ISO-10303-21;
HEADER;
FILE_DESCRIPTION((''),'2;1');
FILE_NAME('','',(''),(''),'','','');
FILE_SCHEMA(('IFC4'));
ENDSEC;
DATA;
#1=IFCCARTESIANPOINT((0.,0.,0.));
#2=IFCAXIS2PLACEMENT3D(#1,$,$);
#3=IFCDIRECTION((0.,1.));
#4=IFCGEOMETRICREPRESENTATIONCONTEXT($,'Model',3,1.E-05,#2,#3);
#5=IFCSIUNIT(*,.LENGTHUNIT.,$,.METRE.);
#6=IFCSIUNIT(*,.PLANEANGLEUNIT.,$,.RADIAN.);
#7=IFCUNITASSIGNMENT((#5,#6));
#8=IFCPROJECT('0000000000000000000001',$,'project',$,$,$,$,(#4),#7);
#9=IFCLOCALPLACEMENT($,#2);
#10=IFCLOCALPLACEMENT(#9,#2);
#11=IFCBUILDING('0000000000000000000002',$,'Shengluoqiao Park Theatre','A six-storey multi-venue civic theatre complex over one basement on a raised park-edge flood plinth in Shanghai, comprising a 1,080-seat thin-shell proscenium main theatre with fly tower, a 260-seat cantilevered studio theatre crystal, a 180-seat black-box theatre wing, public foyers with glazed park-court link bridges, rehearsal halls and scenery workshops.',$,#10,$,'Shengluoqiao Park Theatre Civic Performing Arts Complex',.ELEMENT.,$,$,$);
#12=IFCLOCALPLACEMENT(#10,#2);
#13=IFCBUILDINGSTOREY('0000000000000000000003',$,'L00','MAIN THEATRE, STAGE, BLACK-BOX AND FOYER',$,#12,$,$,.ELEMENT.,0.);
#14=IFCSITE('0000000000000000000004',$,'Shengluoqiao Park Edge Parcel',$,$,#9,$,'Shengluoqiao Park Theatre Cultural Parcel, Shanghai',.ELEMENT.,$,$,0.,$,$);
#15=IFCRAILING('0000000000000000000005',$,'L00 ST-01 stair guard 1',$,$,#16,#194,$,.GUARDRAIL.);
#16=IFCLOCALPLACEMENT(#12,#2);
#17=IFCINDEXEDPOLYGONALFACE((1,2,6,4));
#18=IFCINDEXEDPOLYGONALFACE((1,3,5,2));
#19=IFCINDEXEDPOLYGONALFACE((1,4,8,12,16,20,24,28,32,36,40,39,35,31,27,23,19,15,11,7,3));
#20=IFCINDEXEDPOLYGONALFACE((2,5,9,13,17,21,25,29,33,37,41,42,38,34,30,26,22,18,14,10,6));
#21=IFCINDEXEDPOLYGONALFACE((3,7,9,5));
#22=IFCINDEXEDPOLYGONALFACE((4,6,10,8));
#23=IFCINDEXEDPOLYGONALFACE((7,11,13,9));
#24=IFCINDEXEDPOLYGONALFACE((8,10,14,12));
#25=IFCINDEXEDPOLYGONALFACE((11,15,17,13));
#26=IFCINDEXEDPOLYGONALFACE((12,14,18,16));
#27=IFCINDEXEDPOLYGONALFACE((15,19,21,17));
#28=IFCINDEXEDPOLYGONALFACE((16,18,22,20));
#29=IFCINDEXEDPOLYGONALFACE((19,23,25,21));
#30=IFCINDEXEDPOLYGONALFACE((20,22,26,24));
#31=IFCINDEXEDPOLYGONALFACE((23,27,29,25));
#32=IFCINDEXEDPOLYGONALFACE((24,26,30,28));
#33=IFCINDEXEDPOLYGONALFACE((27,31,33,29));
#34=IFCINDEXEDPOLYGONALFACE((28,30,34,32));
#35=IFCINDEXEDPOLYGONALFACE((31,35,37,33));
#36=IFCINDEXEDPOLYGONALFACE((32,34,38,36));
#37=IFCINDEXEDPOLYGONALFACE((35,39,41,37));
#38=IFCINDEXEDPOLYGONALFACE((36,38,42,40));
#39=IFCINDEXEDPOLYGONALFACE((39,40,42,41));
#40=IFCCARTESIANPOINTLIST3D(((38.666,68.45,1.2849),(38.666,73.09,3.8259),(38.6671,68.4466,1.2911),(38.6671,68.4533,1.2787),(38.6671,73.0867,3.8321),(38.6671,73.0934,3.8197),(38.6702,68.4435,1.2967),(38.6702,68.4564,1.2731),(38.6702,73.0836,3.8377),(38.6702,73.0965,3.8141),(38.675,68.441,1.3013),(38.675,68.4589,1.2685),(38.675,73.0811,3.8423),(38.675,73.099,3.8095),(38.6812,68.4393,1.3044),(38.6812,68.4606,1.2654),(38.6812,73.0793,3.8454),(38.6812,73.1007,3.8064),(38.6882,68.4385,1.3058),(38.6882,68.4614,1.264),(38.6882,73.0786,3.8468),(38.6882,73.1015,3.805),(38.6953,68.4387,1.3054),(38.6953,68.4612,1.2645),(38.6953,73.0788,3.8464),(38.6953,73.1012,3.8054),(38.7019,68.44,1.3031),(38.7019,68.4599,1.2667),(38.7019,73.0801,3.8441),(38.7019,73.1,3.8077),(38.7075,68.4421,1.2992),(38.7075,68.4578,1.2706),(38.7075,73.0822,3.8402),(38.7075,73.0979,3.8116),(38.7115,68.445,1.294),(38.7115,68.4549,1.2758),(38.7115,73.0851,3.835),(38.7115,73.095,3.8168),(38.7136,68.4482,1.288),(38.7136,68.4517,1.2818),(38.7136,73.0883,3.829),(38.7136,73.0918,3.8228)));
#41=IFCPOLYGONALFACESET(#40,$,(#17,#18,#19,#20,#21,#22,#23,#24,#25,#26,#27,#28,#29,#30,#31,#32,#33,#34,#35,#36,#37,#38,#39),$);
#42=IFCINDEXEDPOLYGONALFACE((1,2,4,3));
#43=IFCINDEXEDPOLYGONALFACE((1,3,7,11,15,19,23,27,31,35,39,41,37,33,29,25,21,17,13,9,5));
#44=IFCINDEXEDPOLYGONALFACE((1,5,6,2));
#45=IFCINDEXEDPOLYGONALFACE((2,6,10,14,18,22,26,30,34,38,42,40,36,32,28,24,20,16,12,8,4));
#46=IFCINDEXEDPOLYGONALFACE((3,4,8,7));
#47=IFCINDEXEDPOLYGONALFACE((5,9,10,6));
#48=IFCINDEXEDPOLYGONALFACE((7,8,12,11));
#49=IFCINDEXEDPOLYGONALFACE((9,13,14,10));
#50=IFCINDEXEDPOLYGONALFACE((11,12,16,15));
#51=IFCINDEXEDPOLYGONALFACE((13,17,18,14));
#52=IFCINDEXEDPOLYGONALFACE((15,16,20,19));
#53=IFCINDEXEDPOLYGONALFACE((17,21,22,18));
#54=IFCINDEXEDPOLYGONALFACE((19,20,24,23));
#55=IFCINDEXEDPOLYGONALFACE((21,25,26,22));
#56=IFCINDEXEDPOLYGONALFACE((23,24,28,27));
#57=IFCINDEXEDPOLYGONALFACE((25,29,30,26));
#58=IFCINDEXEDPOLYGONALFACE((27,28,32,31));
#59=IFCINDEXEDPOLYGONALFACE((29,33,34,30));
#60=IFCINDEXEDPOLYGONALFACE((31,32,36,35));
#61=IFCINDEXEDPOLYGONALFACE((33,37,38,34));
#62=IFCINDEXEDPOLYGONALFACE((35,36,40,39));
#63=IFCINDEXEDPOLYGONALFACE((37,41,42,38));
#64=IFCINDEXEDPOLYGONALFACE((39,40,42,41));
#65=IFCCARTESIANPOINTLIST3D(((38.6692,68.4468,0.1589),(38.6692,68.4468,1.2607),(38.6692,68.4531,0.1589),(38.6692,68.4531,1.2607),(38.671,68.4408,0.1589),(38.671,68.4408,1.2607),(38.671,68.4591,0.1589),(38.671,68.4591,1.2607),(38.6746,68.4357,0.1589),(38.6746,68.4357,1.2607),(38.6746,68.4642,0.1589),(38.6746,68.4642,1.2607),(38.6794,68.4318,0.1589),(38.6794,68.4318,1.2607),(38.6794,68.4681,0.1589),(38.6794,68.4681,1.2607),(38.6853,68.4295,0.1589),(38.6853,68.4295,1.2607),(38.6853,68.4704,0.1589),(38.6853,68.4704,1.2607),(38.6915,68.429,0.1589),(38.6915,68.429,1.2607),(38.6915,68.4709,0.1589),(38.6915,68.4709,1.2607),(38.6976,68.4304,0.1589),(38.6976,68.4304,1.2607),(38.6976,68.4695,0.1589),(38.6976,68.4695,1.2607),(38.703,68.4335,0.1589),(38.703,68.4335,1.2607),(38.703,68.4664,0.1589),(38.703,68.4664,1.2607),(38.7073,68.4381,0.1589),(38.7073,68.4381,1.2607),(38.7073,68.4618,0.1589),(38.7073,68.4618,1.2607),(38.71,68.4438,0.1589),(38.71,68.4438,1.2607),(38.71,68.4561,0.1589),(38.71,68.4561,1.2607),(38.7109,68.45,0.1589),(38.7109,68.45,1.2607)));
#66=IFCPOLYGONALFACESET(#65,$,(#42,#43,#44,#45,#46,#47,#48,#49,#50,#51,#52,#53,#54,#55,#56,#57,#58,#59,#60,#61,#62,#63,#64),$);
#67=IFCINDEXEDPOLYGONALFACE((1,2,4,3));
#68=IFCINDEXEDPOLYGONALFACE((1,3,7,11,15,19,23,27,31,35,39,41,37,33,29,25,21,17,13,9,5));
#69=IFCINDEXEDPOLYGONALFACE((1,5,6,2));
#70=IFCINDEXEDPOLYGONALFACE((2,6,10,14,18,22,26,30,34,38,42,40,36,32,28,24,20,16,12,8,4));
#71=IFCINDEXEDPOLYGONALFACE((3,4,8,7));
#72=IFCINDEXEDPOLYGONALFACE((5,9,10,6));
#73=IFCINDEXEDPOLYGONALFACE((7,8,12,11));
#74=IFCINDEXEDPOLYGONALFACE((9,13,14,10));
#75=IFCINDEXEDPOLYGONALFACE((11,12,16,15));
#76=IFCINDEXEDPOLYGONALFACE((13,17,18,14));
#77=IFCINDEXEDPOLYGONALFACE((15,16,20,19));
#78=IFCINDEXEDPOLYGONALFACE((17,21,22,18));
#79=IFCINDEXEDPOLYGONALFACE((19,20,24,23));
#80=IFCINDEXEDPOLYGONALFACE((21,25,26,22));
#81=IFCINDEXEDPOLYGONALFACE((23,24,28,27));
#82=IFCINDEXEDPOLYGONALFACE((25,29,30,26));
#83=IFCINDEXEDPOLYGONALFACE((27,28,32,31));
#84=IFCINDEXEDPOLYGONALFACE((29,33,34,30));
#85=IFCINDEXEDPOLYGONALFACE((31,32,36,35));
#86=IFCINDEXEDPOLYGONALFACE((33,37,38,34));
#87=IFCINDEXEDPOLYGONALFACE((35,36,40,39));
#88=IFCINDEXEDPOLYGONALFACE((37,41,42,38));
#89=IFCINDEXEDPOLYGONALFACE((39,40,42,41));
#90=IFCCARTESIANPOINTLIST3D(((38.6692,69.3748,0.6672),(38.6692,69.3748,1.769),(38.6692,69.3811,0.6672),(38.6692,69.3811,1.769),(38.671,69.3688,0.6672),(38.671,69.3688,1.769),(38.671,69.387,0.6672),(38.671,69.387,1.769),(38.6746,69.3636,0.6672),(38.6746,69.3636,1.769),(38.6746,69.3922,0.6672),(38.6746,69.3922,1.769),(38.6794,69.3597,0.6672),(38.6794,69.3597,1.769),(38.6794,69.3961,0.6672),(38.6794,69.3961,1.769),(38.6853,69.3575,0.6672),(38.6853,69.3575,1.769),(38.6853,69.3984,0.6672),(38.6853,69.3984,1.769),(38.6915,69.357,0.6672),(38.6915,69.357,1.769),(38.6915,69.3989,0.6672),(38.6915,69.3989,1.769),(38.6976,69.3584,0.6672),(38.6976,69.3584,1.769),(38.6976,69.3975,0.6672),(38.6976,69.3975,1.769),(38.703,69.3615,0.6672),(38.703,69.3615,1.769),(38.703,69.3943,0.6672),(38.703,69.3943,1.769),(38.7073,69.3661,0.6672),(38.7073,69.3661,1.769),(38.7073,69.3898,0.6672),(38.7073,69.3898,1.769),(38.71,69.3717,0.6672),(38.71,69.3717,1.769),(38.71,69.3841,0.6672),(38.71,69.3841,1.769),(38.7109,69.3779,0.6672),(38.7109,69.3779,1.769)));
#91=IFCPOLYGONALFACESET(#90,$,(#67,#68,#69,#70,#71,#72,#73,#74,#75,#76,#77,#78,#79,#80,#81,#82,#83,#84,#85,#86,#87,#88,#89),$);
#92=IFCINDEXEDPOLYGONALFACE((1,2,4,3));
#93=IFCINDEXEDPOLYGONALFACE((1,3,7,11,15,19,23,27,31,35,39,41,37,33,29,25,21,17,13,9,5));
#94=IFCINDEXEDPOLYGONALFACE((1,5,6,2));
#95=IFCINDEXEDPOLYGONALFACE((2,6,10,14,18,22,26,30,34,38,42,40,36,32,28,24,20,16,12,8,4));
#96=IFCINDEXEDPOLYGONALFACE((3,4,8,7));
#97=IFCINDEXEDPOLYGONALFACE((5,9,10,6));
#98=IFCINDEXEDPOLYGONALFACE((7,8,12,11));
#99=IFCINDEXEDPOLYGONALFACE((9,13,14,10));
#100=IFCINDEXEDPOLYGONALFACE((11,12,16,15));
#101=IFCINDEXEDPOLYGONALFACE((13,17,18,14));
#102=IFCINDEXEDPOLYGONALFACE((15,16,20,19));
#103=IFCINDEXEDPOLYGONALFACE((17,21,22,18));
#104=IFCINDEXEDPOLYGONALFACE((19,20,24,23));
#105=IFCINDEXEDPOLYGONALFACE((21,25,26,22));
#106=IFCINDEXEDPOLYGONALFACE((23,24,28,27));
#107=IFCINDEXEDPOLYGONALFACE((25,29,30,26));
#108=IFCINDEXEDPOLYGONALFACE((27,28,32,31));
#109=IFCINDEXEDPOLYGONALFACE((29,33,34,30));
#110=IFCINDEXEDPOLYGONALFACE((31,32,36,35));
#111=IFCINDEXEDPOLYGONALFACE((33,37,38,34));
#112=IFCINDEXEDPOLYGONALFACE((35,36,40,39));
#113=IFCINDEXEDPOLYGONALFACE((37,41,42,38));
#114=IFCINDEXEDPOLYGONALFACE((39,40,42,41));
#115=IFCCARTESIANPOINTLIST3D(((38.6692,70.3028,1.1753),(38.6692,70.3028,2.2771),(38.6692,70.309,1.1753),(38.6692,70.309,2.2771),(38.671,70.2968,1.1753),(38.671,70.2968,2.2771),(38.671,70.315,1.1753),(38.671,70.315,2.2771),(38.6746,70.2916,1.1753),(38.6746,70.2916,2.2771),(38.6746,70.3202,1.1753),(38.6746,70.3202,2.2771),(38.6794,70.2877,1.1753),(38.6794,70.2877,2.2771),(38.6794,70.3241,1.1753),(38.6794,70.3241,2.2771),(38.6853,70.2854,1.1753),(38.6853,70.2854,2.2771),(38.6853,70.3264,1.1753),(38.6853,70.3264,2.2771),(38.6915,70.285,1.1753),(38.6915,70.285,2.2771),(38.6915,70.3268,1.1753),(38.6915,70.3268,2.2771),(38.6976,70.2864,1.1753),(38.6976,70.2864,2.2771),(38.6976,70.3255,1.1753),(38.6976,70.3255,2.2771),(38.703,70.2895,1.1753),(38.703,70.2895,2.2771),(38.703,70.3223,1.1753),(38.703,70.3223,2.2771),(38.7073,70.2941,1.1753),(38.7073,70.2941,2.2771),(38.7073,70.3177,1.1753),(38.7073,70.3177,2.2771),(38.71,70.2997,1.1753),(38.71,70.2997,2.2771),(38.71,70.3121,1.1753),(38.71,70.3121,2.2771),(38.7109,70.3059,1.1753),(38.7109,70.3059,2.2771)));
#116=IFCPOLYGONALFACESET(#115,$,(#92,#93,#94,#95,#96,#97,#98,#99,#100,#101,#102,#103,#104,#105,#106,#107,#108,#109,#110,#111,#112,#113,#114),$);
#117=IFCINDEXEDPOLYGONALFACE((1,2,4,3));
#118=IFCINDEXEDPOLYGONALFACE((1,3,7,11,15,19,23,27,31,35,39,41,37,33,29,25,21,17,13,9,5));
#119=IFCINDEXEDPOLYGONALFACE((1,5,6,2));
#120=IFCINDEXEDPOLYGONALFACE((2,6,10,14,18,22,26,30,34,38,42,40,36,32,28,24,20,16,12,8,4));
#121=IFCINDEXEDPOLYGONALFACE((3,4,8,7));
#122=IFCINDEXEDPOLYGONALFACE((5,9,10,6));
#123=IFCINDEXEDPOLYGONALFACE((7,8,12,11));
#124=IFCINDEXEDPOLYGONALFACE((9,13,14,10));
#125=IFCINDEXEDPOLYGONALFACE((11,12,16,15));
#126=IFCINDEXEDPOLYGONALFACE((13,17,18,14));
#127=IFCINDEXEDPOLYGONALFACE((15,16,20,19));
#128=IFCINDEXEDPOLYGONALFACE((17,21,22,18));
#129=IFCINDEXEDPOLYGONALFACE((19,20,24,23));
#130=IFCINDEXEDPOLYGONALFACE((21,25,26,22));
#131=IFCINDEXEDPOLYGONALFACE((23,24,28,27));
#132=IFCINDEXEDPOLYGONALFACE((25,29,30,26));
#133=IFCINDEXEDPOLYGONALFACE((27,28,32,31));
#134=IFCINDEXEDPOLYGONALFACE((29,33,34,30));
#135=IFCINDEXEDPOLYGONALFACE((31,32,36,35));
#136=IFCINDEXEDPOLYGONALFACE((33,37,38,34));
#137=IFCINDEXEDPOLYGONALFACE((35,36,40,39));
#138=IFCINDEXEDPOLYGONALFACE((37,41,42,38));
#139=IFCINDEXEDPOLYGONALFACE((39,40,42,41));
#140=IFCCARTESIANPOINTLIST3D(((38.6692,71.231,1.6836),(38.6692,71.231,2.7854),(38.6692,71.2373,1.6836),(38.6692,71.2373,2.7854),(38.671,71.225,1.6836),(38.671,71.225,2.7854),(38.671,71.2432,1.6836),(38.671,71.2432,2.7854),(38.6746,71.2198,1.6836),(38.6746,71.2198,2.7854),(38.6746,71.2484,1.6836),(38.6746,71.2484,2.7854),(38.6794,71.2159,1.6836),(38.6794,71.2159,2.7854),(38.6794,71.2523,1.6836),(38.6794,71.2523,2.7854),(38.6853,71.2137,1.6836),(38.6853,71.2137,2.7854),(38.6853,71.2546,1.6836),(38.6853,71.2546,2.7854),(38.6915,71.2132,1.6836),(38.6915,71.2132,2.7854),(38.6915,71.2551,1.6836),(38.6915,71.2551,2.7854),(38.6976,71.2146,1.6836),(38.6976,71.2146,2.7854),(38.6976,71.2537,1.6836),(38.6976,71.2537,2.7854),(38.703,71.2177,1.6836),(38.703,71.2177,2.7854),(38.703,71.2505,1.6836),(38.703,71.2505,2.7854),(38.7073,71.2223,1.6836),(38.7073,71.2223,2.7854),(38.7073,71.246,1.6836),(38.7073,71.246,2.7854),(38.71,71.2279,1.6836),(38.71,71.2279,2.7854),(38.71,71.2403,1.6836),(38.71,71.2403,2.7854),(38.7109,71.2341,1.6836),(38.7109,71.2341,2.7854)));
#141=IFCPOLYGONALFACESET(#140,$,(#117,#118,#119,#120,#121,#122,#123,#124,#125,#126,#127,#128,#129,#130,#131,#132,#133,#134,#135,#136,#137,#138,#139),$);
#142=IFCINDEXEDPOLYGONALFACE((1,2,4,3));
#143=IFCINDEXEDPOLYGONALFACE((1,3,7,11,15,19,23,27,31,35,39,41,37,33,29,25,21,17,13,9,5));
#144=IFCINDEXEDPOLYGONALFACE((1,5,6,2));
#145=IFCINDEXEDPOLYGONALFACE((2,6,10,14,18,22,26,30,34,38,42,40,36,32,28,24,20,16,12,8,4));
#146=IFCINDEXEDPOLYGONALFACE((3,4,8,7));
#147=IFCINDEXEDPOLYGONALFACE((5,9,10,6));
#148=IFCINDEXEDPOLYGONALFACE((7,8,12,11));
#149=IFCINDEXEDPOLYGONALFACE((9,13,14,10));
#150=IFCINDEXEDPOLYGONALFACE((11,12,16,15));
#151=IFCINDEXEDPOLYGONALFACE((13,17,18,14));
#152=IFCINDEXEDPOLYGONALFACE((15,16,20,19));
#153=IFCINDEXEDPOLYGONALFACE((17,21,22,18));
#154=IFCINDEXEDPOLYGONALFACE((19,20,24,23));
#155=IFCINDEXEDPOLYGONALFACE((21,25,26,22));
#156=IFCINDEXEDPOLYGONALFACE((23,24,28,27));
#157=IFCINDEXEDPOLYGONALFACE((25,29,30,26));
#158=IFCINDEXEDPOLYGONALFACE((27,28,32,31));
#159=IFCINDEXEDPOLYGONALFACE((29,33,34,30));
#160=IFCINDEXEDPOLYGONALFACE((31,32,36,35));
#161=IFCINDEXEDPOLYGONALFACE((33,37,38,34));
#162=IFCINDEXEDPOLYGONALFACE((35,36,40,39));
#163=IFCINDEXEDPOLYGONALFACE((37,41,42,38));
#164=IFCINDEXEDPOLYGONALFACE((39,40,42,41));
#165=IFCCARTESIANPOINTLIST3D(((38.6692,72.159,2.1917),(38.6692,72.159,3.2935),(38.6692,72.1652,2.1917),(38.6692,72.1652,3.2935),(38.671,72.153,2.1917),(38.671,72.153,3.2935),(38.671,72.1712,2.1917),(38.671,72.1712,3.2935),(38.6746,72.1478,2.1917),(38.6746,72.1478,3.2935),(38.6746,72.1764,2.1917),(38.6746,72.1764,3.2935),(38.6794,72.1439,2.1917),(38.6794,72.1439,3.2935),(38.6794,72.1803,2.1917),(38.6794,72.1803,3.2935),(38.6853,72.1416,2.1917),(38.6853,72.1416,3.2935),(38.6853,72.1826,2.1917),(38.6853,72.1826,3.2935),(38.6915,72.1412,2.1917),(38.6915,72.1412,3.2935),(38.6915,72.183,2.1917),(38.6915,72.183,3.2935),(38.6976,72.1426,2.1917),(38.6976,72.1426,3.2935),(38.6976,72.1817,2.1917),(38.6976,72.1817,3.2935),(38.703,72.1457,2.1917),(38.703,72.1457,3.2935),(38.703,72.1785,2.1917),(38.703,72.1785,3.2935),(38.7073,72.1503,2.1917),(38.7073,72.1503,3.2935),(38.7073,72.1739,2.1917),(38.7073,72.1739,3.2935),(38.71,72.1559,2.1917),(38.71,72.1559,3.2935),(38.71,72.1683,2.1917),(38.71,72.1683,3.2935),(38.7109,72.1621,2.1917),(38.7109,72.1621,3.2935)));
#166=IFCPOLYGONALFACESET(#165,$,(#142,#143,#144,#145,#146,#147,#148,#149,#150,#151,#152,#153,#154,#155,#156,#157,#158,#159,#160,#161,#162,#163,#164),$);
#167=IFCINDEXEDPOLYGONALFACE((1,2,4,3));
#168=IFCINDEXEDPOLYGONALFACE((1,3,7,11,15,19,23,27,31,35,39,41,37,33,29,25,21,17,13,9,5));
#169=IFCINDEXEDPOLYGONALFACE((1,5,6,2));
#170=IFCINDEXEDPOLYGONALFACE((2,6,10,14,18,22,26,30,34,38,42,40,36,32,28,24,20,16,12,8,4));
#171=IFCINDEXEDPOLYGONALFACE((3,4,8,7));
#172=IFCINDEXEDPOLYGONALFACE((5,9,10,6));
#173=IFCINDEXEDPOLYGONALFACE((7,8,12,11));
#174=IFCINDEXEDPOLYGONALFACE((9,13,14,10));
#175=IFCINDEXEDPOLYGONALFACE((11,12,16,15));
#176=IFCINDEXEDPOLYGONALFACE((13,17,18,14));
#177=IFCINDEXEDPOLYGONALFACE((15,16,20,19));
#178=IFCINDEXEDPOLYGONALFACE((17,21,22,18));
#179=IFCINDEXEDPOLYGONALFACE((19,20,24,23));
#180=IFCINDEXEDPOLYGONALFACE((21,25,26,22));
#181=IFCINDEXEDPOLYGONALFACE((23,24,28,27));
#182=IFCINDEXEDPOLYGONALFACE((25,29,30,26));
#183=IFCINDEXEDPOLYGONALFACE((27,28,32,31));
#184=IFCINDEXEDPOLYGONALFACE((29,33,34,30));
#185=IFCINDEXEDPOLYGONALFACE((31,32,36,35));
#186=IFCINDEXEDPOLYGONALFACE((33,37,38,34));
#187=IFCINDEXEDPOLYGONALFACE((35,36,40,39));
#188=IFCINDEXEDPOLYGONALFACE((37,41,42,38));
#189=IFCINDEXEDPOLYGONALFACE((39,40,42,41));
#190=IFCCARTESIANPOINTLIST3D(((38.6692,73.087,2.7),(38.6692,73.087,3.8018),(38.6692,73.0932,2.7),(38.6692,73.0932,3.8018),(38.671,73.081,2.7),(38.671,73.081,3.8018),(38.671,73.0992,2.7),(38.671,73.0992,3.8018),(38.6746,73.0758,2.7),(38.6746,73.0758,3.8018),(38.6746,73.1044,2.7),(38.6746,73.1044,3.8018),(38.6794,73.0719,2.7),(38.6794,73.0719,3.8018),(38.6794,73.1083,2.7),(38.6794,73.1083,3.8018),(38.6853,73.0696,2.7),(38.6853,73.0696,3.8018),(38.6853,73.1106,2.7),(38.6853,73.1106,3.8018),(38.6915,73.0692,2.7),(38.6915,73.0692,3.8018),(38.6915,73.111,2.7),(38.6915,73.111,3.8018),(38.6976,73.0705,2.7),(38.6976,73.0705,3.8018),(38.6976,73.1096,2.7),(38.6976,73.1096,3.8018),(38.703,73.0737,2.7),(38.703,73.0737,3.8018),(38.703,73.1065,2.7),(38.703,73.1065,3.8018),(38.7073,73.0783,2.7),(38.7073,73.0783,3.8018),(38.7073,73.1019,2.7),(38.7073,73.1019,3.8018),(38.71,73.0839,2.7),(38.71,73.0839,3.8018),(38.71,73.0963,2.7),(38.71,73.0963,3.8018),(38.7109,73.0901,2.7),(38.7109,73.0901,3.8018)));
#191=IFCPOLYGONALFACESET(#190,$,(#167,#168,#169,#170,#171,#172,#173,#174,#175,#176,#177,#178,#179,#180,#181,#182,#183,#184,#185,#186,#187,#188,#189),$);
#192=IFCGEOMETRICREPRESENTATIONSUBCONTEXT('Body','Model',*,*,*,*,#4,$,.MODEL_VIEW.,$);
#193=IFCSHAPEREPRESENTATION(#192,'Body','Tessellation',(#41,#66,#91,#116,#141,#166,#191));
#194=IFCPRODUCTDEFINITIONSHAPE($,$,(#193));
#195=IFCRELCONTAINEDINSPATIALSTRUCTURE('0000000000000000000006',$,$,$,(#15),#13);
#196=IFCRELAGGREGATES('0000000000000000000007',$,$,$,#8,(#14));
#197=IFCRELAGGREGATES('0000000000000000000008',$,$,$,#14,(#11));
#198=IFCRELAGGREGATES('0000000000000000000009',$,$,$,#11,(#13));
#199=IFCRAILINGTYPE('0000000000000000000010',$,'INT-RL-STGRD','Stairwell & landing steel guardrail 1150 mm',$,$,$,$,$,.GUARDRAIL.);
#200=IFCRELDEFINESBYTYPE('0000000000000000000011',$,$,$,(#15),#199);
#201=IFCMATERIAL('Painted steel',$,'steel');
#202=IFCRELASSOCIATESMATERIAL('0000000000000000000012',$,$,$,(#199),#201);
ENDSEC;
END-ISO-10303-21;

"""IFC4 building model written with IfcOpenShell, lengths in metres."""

from ifc_helpers import new_model, si_unit, direction, frame, origin, origin_2d, place, context, subcontext, project, spatial, circle, extrude, material, type_object, element, save


model = new_model("IFC4")

# Units and contexts
model_context = context("Model", 3, precision=1e-05, world=origin(), true_north=direction((0.0, 1.0)))
body_context = subcontext(model_context, "Body", "Model", "MODEL_VIEW")
ifc_project = project(units=[si_unit("LENGTHUNIT", "METRE"), si_unit("PLANEANGLEUNIT", "RADIAN")], contexts=[model_context])

# Site, building, storey
site_placement = place(None, origin())
site = spatial("IfcSite", under=ifc_project, at=site_placement, Name="Shengluoqiao Park Edge Parcel", LongName="Shengluoqiao Park Theatre Cultural Parcel, Shanghai", CompositionType="ELEMENT", RefElevation=0.0)
building_placement = place(site_placement, origin())
building = spatial("IfcBuilding", under=site, at=building_placement, Name="Shengluoqiao Park Theatre", Description="A six-storey multi-venue civic theatre complex over one basement on a raised park-edge flood plinth in Shanghai, comprising a 1,080-seat thin-shell proscenium main theatre with fly tower, a 260-seat cantilevered studio theatre crystal, a 180-seat black-box theatre wing, public foyers with glazed park-court link bridges, rehearsal halls and scenery workshops.", LongName="Shengluoqiao Park Theatre Civic Performing Arts Complex", CompositionType="ELEMENT")
storey_placement = place(building_placement, origin())
storey = spatial("IfcBuildingStorey", under=building, at=storey_placement, Name="L00", Description="MAIN THEATRE, STAGE, BLACK-BOX AND FOYER", CompositionType="ELEMENT", Elevation=0.0)

# Railing
ifc_material_1 = material(Name="Painted steel", Category="steel")
railing_type_1 = type_object("IfcRailingType", Name="INT-RL-STGRD", Description="Stairwell & landing steel guardrail 1150 mm", PredefinedType="GUARDRAIL", material=ifc_material_1)
railing_1_placement = place(storey_placement, frame((38.6899, 68.45, 0.1589)))
element("IfcRailing", 1, at=railing_1_placement, inside=storey, type_object=railing_type_1, Name="L00 ST-01 stair guard 1", PredefinedType="GUARDRAIL", context=body_context, shape_type="SweptSolid", body=[
    extrude(circle(Radius=0.0239, at=origin_2d()), frame((0.0, 0.0, 1.126), z_axis=(0.0, 0.877097, 0.480313), x_axis=(-1.0, 0.0, 0.0)), (0.0, 0.0, 1.0), 5.2903),
    extrude(circle(Radius=0.021, at=origin_2d()), origin(), (0.0, 0.0, 1.0), 1.1018),
    extrude(circle(Radius=0.021, at=origin_2d()), frame((0.0, 0.928, 0.5083)), (0.0, 0.0, 1.0), 1.1018),
    extrude(circle(Radius=0.021, at=origin_2d()), frame((0.0, 1.856, 1.0164)), (0.0, 0.0, 1.0), 1.1018),
    extrude(circle(Radius=0.021, at=origin_2d()), frame((0.0, 2.7842, 1.5247)), (0.0, 0.0, 1.0), 1.1018),
    extrude(circle(Radius=0.021, at=origin_2d()), frame((0.0, 3.7122, 2.0327)), (0.0, 0.0, 1.0), 1.1018),
    extrude(circle(Radius=0.021, at=origin_2d()), frame((0.0, 4.6401, 2.541)), (0.0, 0.0, 1.0), 1.1018),
])

save(model, "model.ifc")
